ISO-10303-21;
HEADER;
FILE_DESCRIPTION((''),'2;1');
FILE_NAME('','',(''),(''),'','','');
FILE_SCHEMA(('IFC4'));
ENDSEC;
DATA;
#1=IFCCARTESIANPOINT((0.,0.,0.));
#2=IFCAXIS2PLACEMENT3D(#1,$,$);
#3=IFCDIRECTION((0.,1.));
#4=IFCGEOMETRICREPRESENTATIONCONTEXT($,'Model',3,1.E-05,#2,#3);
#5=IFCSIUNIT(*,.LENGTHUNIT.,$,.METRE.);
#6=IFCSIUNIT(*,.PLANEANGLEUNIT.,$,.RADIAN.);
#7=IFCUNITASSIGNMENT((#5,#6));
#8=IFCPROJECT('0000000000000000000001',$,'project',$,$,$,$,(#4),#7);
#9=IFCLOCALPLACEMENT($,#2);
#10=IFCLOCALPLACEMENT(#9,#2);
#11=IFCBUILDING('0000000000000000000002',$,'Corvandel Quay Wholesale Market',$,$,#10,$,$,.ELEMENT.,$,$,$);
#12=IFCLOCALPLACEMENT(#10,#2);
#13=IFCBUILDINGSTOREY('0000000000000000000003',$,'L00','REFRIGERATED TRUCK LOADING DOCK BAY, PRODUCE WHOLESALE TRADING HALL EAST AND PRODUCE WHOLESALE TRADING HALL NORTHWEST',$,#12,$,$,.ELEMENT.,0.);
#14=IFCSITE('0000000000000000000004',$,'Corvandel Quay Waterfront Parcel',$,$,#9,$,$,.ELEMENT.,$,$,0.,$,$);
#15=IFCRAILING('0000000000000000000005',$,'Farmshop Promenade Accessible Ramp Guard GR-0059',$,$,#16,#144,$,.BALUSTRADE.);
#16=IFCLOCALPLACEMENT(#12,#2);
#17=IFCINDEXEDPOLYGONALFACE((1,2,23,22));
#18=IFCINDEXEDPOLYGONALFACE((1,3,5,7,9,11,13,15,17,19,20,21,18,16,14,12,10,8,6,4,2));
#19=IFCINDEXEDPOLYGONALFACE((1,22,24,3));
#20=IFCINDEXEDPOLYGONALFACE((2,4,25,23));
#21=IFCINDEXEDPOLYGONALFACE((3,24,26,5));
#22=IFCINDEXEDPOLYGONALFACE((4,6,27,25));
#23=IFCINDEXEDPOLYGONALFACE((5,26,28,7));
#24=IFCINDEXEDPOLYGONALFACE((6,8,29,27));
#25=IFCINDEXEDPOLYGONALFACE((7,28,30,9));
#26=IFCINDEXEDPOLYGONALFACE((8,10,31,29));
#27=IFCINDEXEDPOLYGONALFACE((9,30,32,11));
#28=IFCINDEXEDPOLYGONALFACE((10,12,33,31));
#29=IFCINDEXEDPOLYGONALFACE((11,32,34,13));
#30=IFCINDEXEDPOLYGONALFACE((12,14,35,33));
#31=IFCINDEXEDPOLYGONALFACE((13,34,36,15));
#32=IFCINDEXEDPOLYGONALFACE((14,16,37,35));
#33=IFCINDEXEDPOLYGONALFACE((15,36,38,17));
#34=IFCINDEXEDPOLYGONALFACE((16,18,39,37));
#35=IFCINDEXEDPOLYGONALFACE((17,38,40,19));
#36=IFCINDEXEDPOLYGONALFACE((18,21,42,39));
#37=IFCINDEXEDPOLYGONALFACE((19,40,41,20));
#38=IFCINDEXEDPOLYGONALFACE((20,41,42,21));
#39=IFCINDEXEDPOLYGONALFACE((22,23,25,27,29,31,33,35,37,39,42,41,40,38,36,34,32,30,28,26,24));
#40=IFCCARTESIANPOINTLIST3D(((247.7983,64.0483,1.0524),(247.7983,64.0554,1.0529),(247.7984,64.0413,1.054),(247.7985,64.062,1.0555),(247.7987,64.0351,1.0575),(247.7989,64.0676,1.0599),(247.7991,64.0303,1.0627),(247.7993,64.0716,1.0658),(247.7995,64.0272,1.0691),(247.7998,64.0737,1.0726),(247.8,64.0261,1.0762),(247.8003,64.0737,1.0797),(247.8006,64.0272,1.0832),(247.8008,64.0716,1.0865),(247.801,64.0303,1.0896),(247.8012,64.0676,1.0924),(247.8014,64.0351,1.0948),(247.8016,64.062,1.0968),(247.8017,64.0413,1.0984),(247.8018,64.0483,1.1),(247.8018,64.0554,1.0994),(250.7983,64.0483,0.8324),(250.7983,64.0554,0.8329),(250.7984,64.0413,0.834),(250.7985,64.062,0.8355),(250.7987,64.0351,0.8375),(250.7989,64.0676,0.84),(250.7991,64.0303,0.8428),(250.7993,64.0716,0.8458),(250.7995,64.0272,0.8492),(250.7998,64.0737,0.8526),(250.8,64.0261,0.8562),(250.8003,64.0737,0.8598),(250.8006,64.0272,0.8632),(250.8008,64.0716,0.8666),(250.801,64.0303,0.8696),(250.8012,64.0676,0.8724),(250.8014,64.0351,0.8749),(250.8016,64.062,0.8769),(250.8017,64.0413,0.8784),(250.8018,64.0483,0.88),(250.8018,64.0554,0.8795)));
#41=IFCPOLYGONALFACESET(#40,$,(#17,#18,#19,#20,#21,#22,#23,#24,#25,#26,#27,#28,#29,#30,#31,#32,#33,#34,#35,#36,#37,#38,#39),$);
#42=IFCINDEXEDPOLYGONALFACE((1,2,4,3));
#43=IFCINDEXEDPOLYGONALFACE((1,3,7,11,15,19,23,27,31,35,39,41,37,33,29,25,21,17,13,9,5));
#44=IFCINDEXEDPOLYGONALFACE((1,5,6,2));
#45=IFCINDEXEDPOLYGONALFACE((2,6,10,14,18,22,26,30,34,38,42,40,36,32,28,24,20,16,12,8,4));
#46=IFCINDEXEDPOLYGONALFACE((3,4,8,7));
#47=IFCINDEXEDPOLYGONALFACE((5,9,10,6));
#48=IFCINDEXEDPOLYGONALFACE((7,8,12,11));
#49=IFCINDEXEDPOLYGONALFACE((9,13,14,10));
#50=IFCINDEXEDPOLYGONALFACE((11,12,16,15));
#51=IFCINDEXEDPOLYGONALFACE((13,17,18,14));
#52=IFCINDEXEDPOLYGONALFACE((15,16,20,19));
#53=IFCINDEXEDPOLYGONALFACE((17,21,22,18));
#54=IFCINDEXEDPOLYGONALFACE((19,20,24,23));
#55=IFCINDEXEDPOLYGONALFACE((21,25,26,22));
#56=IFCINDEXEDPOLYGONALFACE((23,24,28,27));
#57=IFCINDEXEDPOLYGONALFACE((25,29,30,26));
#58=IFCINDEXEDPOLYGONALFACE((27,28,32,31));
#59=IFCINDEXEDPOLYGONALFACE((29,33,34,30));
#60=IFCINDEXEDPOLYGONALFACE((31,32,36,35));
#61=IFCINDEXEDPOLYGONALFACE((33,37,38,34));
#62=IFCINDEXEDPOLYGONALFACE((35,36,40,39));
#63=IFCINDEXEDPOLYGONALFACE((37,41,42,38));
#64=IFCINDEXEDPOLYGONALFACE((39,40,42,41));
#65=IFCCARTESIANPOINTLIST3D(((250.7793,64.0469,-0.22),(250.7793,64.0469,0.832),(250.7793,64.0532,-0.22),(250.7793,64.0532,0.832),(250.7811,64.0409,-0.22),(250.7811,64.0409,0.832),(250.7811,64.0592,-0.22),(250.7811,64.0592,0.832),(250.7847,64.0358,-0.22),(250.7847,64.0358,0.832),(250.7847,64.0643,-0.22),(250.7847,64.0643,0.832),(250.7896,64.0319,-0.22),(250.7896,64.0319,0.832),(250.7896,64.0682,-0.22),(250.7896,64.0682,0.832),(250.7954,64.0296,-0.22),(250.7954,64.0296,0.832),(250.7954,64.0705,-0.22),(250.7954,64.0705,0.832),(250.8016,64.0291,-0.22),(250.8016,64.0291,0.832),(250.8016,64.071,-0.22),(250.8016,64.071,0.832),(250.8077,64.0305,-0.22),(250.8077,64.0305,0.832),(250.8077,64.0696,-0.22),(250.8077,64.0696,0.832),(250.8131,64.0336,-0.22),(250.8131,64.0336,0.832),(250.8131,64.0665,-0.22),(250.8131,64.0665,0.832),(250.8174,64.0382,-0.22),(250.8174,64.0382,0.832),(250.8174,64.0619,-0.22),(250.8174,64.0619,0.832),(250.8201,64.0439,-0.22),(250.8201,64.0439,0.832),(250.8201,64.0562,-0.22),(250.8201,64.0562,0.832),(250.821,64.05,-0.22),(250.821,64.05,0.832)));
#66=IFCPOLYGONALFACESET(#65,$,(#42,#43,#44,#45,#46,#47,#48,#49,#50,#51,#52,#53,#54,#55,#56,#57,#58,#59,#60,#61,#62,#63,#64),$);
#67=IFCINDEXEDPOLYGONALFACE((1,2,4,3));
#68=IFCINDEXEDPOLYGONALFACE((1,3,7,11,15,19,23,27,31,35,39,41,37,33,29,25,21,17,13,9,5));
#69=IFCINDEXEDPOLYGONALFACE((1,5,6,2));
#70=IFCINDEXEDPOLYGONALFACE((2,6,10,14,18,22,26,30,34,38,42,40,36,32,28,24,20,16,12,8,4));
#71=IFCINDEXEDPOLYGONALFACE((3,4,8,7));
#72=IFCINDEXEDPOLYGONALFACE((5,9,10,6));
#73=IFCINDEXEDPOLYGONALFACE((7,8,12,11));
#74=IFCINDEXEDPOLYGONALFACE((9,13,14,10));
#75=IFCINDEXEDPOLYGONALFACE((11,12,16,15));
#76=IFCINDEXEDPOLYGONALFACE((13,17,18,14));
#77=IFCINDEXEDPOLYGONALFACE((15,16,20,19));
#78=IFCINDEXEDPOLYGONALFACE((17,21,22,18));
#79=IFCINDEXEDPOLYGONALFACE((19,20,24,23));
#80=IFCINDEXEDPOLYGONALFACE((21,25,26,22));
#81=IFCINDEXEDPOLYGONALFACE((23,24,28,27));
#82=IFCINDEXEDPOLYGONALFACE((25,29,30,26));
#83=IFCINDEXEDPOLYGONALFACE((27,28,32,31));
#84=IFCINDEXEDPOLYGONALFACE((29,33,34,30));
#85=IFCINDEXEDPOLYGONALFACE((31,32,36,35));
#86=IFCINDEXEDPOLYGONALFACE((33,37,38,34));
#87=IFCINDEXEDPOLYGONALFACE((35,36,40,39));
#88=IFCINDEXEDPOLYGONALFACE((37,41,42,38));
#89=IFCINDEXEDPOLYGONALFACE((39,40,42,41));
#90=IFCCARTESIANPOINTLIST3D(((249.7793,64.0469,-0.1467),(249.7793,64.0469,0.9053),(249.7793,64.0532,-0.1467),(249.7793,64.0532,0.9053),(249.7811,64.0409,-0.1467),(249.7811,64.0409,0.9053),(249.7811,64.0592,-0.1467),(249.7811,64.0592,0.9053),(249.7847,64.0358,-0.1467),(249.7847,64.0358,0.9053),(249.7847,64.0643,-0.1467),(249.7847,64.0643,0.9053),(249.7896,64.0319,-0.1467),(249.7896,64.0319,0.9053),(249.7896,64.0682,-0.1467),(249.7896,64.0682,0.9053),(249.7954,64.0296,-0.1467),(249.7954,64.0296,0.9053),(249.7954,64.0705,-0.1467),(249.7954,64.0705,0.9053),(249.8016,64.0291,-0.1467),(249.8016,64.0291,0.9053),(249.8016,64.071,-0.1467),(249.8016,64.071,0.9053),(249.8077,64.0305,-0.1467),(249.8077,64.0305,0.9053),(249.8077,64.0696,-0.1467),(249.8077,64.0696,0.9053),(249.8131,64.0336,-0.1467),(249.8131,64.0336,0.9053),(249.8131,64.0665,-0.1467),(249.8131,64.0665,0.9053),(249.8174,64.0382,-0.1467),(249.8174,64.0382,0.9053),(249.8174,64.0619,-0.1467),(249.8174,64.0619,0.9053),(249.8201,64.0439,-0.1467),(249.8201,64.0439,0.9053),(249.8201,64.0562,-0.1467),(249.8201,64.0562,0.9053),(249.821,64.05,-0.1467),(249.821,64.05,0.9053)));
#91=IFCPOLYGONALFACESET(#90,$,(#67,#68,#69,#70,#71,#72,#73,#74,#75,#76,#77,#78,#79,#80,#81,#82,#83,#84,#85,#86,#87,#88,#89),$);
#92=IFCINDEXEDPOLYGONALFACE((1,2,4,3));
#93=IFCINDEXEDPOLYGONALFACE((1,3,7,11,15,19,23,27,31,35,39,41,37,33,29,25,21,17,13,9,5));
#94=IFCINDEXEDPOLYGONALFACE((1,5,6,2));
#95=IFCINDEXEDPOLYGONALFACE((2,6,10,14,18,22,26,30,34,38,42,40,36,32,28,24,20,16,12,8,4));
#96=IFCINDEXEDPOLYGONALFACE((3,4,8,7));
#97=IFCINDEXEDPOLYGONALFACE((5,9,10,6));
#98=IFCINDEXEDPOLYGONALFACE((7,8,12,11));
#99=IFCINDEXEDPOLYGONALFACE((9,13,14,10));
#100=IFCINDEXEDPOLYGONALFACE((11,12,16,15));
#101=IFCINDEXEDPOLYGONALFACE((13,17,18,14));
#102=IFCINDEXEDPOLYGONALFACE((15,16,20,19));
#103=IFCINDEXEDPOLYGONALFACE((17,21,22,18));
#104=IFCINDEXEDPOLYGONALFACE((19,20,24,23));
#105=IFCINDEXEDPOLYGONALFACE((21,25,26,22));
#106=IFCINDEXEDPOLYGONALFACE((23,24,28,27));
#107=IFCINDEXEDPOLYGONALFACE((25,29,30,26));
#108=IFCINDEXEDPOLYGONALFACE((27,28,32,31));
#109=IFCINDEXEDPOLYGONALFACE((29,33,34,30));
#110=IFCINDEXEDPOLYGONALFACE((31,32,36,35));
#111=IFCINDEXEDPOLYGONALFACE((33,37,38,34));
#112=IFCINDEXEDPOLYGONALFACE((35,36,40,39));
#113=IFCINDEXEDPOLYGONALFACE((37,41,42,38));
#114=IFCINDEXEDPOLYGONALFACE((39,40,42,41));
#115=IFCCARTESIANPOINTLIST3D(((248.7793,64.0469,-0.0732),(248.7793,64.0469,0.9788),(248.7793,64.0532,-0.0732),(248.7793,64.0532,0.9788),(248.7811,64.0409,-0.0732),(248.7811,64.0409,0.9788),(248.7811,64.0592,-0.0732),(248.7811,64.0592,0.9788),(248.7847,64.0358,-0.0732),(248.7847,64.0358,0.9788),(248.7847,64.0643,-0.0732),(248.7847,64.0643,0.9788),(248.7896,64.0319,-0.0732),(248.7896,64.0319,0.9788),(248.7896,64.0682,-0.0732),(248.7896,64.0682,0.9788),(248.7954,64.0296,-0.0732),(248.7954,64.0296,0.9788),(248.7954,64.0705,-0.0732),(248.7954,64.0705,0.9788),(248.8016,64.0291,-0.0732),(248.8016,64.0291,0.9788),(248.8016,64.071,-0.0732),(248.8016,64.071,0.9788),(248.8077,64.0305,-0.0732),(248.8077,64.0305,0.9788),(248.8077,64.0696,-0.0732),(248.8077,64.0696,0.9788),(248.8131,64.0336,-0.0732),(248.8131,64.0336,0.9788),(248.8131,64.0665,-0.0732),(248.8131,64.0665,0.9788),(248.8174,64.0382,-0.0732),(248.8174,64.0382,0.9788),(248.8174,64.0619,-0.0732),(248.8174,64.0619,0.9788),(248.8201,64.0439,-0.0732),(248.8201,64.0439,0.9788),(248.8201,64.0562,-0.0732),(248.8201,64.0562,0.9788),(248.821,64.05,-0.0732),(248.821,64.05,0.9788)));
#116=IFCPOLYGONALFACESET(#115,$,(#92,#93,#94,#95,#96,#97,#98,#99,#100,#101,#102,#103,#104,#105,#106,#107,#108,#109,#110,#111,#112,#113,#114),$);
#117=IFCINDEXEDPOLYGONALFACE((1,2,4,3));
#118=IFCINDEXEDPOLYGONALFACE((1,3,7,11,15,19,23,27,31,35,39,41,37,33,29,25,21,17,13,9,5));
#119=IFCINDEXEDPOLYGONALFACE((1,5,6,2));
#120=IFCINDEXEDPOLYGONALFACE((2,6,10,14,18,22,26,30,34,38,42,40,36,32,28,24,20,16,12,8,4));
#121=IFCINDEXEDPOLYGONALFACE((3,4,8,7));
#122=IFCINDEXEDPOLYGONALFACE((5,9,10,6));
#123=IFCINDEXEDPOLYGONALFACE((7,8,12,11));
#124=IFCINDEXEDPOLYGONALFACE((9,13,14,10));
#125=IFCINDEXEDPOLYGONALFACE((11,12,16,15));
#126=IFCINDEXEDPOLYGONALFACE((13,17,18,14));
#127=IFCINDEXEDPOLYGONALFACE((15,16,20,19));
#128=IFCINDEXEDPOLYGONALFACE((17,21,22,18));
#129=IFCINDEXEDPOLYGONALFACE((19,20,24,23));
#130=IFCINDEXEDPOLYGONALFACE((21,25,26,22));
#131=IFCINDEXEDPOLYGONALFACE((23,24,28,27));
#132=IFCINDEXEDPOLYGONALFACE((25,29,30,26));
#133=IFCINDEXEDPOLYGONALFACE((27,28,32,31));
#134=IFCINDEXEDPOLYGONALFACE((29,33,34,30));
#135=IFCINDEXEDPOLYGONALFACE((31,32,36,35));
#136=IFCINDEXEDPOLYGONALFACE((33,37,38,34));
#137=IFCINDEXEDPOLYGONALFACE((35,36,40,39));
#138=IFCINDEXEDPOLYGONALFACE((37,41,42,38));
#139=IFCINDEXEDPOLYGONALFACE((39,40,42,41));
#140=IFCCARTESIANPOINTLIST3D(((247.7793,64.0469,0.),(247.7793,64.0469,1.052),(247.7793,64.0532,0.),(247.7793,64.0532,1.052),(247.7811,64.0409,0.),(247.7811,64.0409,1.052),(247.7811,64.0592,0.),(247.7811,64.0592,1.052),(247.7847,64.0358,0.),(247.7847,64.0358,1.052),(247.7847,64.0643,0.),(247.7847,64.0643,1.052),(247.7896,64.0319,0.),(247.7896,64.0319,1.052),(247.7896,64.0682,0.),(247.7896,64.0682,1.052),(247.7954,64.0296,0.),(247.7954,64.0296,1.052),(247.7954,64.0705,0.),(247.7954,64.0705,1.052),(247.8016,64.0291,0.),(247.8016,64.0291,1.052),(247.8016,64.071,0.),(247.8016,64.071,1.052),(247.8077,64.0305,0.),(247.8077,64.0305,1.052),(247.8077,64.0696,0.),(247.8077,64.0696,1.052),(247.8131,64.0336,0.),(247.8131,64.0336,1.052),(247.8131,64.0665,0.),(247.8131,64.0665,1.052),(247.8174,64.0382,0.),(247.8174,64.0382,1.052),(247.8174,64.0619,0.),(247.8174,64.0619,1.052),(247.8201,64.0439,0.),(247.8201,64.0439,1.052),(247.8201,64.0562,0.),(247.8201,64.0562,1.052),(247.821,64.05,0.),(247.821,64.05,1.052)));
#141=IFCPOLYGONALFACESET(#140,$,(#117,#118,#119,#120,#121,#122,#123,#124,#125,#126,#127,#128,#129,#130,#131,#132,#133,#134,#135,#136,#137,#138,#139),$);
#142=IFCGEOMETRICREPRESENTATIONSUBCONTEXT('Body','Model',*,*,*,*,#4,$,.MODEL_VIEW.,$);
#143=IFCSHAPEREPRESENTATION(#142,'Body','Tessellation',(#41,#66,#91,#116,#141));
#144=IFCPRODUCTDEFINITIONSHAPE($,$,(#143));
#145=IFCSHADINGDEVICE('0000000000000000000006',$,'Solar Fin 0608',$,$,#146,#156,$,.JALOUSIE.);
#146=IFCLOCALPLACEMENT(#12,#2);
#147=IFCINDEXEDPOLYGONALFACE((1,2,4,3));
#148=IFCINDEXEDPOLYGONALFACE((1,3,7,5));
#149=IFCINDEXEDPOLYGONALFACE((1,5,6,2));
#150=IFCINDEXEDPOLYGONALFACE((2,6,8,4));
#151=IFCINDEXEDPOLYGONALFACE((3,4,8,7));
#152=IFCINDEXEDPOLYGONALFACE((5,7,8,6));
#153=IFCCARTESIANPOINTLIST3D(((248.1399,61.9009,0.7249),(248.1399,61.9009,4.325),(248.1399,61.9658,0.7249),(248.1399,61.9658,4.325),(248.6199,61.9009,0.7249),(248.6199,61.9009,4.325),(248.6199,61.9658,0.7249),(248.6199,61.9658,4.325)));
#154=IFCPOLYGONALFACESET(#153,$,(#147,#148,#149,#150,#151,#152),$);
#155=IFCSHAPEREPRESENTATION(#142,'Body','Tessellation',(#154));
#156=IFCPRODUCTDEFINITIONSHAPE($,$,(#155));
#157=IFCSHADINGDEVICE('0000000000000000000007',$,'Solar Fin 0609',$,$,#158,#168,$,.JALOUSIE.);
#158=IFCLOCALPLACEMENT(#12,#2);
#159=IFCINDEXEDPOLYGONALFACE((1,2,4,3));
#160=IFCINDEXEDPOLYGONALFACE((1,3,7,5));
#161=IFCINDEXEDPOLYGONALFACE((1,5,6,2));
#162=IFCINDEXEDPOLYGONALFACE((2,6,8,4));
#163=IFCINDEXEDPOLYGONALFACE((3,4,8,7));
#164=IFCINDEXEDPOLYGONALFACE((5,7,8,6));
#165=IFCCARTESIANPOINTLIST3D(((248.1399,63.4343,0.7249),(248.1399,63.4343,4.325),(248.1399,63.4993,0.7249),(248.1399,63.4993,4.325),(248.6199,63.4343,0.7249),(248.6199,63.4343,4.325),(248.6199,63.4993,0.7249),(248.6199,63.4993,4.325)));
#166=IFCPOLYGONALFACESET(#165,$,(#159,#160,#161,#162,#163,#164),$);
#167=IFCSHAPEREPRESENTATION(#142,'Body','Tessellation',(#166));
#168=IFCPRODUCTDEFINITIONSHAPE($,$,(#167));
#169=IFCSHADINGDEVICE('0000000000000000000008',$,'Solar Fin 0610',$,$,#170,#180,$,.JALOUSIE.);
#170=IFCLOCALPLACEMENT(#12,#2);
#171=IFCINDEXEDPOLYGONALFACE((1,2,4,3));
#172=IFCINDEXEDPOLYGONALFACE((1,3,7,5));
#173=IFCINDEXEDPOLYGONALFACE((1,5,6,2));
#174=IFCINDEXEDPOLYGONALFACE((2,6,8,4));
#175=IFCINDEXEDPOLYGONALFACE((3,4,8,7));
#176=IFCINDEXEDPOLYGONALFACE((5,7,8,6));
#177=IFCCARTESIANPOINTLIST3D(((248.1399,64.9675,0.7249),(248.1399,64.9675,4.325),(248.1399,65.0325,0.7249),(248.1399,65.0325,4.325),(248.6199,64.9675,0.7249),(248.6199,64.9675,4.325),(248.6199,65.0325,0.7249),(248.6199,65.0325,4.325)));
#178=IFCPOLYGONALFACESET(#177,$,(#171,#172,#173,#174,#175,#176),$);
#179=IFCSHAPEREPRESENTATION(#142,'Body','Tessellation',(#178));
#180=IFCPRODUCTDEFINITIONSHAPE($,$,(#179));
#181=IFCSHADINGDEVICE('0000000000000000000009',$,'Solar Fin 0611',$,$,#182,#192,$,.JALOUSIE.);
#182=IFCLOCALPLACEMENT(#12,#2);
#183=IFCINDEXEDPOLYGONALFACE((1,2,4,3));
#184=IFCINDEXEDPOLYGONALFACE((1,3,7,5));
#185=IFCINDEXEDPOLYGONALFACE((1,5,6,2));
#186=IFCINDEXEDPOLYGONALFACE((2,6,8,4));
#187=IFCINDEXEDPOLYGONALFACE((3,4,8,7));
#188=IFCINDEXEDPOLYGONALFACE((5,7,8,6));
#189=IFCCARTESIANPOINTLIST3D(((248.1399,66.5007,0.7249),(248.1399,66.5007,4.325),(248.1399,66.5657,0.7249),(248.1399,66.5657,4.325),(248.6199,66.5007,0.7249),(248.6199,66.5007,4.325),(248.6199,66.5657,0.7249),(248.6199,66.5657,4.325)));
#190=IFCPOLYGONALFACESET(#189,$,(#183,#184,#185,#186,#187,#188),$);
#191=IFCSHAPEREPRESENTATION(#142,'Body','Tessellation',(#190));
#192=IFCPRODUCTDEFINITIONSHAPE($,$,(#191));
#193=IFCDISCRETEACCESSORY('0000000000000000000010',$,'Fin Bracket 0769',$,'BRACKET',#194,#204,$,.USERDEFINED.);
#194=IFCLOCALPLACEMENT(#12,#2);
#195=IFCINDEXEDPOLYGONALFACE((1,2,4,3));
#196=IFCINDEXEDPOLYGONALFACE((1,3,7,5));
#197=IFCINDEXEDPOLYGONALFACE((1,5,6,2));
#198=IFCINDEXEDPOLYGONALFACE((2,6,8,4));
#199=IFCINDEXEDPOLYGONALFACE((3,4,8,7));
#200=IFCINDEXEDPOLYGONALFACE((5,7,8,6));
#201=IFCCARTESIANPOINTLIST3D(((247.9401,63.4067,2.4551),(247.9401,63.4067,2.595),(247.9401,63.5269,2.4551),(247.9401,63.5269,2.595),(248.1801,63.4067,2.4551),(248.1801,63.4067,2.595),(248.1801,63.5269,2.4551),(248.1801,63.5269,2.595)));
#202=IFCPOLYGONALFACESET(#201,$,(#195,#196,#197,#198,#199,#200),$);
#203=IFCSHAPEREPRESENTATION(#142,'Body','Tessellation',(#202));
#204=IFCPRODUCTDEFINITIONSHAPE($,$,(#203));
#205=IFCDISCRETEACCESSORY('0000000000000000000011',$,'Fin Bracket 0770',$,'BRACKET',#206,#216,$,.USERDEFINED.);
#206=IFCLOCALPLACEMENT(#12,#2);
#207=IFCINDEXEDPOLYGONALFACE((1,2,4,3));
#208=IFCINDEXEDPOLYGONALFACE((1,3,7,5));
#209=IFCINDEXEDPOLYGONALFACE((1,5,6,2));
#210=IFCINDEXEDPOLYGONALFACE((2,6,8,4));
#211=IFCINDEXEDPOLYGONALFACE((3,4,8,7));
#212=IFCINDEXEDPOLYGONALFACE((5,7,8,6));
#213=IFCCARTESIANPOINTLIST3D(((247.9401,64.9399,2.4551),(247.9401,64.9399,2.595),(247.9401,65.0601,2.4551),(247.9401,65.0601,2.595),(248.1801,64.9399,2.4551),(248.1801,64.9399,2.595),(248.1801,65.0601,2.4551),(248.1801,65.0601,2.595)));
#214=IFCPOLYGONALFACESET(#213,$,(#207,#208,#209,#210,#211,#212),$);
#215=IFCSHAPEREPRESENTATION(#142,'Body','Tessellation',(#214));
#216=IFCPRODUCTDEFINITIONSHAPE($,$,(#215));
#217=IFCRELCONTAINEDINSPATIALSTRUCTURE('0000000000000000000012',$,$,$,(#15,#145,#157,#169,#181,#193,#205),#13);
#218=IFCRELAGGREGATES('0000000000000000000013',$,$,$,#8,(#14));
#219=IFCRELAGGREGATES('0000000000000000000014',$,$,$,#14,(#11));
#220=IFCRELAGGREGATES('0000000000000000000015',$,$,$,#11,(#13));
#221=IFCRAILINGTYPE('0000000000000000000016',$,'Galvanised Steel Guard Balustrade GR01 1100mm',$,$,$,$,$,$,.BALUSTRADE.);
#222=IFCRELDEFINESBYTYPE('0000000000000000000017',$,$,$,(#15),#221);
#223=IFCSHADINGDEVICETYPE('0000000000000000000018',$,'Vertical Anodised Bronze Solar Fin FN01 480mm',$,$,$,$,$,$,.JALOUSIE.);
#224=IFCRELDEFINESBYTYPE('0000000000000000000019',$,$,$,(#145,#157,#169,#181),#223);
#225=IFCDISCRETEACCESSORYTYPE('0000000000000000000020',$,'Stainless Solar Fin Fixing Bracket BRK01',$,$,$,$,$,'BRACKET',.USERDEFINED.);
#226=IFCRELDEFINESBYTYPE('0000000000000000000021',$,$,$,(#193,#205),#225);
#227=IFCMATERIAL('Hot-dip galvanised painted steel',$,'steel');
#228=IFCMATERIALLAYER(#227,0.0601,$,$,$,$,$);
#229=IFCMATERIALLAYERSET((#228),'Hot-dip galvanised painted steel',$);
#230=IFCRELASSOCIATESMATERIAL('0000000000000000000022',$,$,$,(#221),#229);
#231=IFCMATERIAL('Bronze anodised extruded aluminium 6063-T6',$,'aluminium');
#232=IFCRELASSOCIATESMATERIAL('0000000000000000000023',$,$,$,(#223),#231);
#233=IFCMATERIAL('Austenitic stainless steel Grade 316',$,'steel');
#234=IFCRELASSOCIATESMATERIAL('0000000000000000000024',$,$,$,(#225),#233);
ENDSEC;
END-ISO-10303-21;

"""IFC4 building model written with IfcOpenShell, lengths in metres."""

from ifc_helpers import new_model, si_unit, direction, frame, origin, origin_2d, place, context, subcontext, project, spatial, rectangle, circle, extrude, material, layer, layer_set, type_object, element, save


model = new_model("IFC4")

# Units and contexts
model_context = context("Model", 3, precision=1e-05, world=origin(), true_north=direction((0.0, 1.0)))
body_context = subcontext(model_context, "Body", "Model", "MODEL_VIEW")
ifc_project = project(units=[si_unit("LENGTHUNIT", "METRE"), si_unit("PLANEANGLEUNIT", "RADIAN")], contexts=[model_context])

# Site, building, storey
site_placement = place(None, origin())
site = spatial("IfcSite", under=ifc_project, at=site_placement, Name="Corvandel Quay Waterfront Parcel", CompositionType="ELEMENT", RefElevation=0.0)
building_placement = place(site_placement, origin())
building = spatial("IfcBuilding", under=site, at=building_placement, Name="Corvandel Quay Wholesale Market", CompositionType="ELEMENT")
storey_placement = place(building_placement, origin())
storey = spatial("IfcBuildingStorey", under=building, at=storey_placement, Name="L00", Description="REFRIGERATED TRUCK LOADING DOCK BAY, PRODUCE WHOLESALE TRADING HALL EAST AND PRODUCE WHOLESALE TRADING HALL NORTHWEST", CompositionType="ELEMENT", Elevation=0.0)

# Railing
ifc_material_1 = material(Name="Hot-dip galvanised painted steel", Category="steel")
ifc_layer_1 = layer(ifc_material_1, 0.0601)
ifc_layer_set_1 = layer_set([ifc_layer_1], Name="Hot-dip galvanised painted steel")
railing_type = type_object("IfcRailingType", Name="Galvanised Steel Guard Balustrade GR01 1100mm", PredefinedType="BALUSTRADE", material=ifc_layer_set_1)
for number, where, name in (
    (1, (250.8, 64.05, -0.22), "Farmshop Promenade Accessible Ramp Guard GR-0059"),
):
    element("IfcRailing", number, at=place(storey_placement, frame(where)), inside=storey, type_object=railing_type, Name=name, PredefinedType="BALUSTRADE", context=body_context, shape_type="SweptSolid", body=[
        extrude(circle(Radius=0.0239, at=origin_2d()), frame((0.0, 0.0, 1.0762), z_axis=(-0.997323, 0.0, 0.073127), x_axis=(0.0, -1.0, 0.0)), (0.0, 0.0, 1.0), 3.0081),
        extrude(circle(Radius=0.021, at=origin_2d()), origin(), (0.0, 0.0, 1.0), 1.052),
        extrude(circle(Radius=0.021, at=origin_2d()), frame((-1.0, 0.0, 0.0732)), (0.0, 0.0, 1.0), 1.052),
        extrude(circle(Radius=0.021, at=origin_2d()), frame((-2.0, 0.0, 0.1467)), (0.0, 0.0, 1.0), 1.052),
        extrude(circle(Radius=0.021, at=origin_2d()), frame((-3.0, 0.0, 0.22)), (0.0, 0.0, 1.0), 1.052),
    ])

# Shading devices
ifc_material_2 = material(Name="Bronze anodised extruded aluminium 6063-T6", Category="aluminium")
shading_device_type = type_object("IfcShadingDeviceType", Name="Vertical Anodised Bronze Solar Fin FN01 480mm", PredefinedType="JALOUSIE", material=ifc_material_2)
for number, where, z_axis, x_axis, name in (
    (2, (248.3799, 61.9333, 0.7249), (0.0, 0.0, 1.0), (1.0, 0.0, 0.0), "Solar Fin 0608"),
    (3, (248.3799, 63.4668, 0.7249), (0.0, 0.0, 1.0), (1.0, 0.0, 0.0), "Solar Fin 0609"),
    (4, (248.3799, 65.0, 0.7249), (0.0, 0.0, 1.0), (1.0, 0.0, 0.0), "Solar Fin 0610"),
    (5, (248.3799, 66.5332, 0.7249), (0.0, 0.0, 1.0), (1.0, 0.0, 0.0), "Solar Fin 0611"),
):
    element("IfcShadingDevice", number, at=place(storey_placement, frame(where, z_axis=z_axis, x_axis=x_axis)), inside=storey, type_object=shading_device_type, Name=name, PredefinedType="JALOUSIE", context=body_context, shape_type="SweptSolid", body=[
        extrude(rectangle(XDim=0.48, YDim=0.0649, at=origin_2d()), origin(), (0.0, 0.0, 1.0), 3.6001),
    ])

# Discrete accessories
ifc_material_3 = material(Name="Austenitic stainless steel Grade 316", Category="steel")
discrete_accessory_type = type_object("IfcDiscreteAccessoryType", Name="Stainless Solar Fin Fixing Bracket BRK01", ElementType="BRACKET", PredefinedType="USERDEFINED", material=ifc_material_3)
for number, where, z_axis, x_axis, name in (
    (6, (248.0601, 63.4668, 2.4551), (0.0, 0.0, 1.0), (1.0, 0.0, 0.0), "Fin Bracket 0769"),
    (7, (248.0601, 65.0, 2.4551), (0.0, 0.0, 1.0), (1.0, 0.0, 0.0), "Fin Bracket 0770"),
):
    element("IfcDiscreteAccessory", number, at=place(storey_placement, frame(where, z_axis=z_axis, x_axis=x_axis)), inside=storey, type_object=discrete_accessory_type, Name=name, ObjectType="BRACKET", PredefinedType="USERDEFINED", context=body_context, shape_type="SweptSolid", body=[
        extrude(rectangle(XDim=0.24, YDim=0.1201, at=origin_2d()), origin(), (0.0, 0.0, 1.0), 0.1399),
    ])

save(model, "model.ifc")
